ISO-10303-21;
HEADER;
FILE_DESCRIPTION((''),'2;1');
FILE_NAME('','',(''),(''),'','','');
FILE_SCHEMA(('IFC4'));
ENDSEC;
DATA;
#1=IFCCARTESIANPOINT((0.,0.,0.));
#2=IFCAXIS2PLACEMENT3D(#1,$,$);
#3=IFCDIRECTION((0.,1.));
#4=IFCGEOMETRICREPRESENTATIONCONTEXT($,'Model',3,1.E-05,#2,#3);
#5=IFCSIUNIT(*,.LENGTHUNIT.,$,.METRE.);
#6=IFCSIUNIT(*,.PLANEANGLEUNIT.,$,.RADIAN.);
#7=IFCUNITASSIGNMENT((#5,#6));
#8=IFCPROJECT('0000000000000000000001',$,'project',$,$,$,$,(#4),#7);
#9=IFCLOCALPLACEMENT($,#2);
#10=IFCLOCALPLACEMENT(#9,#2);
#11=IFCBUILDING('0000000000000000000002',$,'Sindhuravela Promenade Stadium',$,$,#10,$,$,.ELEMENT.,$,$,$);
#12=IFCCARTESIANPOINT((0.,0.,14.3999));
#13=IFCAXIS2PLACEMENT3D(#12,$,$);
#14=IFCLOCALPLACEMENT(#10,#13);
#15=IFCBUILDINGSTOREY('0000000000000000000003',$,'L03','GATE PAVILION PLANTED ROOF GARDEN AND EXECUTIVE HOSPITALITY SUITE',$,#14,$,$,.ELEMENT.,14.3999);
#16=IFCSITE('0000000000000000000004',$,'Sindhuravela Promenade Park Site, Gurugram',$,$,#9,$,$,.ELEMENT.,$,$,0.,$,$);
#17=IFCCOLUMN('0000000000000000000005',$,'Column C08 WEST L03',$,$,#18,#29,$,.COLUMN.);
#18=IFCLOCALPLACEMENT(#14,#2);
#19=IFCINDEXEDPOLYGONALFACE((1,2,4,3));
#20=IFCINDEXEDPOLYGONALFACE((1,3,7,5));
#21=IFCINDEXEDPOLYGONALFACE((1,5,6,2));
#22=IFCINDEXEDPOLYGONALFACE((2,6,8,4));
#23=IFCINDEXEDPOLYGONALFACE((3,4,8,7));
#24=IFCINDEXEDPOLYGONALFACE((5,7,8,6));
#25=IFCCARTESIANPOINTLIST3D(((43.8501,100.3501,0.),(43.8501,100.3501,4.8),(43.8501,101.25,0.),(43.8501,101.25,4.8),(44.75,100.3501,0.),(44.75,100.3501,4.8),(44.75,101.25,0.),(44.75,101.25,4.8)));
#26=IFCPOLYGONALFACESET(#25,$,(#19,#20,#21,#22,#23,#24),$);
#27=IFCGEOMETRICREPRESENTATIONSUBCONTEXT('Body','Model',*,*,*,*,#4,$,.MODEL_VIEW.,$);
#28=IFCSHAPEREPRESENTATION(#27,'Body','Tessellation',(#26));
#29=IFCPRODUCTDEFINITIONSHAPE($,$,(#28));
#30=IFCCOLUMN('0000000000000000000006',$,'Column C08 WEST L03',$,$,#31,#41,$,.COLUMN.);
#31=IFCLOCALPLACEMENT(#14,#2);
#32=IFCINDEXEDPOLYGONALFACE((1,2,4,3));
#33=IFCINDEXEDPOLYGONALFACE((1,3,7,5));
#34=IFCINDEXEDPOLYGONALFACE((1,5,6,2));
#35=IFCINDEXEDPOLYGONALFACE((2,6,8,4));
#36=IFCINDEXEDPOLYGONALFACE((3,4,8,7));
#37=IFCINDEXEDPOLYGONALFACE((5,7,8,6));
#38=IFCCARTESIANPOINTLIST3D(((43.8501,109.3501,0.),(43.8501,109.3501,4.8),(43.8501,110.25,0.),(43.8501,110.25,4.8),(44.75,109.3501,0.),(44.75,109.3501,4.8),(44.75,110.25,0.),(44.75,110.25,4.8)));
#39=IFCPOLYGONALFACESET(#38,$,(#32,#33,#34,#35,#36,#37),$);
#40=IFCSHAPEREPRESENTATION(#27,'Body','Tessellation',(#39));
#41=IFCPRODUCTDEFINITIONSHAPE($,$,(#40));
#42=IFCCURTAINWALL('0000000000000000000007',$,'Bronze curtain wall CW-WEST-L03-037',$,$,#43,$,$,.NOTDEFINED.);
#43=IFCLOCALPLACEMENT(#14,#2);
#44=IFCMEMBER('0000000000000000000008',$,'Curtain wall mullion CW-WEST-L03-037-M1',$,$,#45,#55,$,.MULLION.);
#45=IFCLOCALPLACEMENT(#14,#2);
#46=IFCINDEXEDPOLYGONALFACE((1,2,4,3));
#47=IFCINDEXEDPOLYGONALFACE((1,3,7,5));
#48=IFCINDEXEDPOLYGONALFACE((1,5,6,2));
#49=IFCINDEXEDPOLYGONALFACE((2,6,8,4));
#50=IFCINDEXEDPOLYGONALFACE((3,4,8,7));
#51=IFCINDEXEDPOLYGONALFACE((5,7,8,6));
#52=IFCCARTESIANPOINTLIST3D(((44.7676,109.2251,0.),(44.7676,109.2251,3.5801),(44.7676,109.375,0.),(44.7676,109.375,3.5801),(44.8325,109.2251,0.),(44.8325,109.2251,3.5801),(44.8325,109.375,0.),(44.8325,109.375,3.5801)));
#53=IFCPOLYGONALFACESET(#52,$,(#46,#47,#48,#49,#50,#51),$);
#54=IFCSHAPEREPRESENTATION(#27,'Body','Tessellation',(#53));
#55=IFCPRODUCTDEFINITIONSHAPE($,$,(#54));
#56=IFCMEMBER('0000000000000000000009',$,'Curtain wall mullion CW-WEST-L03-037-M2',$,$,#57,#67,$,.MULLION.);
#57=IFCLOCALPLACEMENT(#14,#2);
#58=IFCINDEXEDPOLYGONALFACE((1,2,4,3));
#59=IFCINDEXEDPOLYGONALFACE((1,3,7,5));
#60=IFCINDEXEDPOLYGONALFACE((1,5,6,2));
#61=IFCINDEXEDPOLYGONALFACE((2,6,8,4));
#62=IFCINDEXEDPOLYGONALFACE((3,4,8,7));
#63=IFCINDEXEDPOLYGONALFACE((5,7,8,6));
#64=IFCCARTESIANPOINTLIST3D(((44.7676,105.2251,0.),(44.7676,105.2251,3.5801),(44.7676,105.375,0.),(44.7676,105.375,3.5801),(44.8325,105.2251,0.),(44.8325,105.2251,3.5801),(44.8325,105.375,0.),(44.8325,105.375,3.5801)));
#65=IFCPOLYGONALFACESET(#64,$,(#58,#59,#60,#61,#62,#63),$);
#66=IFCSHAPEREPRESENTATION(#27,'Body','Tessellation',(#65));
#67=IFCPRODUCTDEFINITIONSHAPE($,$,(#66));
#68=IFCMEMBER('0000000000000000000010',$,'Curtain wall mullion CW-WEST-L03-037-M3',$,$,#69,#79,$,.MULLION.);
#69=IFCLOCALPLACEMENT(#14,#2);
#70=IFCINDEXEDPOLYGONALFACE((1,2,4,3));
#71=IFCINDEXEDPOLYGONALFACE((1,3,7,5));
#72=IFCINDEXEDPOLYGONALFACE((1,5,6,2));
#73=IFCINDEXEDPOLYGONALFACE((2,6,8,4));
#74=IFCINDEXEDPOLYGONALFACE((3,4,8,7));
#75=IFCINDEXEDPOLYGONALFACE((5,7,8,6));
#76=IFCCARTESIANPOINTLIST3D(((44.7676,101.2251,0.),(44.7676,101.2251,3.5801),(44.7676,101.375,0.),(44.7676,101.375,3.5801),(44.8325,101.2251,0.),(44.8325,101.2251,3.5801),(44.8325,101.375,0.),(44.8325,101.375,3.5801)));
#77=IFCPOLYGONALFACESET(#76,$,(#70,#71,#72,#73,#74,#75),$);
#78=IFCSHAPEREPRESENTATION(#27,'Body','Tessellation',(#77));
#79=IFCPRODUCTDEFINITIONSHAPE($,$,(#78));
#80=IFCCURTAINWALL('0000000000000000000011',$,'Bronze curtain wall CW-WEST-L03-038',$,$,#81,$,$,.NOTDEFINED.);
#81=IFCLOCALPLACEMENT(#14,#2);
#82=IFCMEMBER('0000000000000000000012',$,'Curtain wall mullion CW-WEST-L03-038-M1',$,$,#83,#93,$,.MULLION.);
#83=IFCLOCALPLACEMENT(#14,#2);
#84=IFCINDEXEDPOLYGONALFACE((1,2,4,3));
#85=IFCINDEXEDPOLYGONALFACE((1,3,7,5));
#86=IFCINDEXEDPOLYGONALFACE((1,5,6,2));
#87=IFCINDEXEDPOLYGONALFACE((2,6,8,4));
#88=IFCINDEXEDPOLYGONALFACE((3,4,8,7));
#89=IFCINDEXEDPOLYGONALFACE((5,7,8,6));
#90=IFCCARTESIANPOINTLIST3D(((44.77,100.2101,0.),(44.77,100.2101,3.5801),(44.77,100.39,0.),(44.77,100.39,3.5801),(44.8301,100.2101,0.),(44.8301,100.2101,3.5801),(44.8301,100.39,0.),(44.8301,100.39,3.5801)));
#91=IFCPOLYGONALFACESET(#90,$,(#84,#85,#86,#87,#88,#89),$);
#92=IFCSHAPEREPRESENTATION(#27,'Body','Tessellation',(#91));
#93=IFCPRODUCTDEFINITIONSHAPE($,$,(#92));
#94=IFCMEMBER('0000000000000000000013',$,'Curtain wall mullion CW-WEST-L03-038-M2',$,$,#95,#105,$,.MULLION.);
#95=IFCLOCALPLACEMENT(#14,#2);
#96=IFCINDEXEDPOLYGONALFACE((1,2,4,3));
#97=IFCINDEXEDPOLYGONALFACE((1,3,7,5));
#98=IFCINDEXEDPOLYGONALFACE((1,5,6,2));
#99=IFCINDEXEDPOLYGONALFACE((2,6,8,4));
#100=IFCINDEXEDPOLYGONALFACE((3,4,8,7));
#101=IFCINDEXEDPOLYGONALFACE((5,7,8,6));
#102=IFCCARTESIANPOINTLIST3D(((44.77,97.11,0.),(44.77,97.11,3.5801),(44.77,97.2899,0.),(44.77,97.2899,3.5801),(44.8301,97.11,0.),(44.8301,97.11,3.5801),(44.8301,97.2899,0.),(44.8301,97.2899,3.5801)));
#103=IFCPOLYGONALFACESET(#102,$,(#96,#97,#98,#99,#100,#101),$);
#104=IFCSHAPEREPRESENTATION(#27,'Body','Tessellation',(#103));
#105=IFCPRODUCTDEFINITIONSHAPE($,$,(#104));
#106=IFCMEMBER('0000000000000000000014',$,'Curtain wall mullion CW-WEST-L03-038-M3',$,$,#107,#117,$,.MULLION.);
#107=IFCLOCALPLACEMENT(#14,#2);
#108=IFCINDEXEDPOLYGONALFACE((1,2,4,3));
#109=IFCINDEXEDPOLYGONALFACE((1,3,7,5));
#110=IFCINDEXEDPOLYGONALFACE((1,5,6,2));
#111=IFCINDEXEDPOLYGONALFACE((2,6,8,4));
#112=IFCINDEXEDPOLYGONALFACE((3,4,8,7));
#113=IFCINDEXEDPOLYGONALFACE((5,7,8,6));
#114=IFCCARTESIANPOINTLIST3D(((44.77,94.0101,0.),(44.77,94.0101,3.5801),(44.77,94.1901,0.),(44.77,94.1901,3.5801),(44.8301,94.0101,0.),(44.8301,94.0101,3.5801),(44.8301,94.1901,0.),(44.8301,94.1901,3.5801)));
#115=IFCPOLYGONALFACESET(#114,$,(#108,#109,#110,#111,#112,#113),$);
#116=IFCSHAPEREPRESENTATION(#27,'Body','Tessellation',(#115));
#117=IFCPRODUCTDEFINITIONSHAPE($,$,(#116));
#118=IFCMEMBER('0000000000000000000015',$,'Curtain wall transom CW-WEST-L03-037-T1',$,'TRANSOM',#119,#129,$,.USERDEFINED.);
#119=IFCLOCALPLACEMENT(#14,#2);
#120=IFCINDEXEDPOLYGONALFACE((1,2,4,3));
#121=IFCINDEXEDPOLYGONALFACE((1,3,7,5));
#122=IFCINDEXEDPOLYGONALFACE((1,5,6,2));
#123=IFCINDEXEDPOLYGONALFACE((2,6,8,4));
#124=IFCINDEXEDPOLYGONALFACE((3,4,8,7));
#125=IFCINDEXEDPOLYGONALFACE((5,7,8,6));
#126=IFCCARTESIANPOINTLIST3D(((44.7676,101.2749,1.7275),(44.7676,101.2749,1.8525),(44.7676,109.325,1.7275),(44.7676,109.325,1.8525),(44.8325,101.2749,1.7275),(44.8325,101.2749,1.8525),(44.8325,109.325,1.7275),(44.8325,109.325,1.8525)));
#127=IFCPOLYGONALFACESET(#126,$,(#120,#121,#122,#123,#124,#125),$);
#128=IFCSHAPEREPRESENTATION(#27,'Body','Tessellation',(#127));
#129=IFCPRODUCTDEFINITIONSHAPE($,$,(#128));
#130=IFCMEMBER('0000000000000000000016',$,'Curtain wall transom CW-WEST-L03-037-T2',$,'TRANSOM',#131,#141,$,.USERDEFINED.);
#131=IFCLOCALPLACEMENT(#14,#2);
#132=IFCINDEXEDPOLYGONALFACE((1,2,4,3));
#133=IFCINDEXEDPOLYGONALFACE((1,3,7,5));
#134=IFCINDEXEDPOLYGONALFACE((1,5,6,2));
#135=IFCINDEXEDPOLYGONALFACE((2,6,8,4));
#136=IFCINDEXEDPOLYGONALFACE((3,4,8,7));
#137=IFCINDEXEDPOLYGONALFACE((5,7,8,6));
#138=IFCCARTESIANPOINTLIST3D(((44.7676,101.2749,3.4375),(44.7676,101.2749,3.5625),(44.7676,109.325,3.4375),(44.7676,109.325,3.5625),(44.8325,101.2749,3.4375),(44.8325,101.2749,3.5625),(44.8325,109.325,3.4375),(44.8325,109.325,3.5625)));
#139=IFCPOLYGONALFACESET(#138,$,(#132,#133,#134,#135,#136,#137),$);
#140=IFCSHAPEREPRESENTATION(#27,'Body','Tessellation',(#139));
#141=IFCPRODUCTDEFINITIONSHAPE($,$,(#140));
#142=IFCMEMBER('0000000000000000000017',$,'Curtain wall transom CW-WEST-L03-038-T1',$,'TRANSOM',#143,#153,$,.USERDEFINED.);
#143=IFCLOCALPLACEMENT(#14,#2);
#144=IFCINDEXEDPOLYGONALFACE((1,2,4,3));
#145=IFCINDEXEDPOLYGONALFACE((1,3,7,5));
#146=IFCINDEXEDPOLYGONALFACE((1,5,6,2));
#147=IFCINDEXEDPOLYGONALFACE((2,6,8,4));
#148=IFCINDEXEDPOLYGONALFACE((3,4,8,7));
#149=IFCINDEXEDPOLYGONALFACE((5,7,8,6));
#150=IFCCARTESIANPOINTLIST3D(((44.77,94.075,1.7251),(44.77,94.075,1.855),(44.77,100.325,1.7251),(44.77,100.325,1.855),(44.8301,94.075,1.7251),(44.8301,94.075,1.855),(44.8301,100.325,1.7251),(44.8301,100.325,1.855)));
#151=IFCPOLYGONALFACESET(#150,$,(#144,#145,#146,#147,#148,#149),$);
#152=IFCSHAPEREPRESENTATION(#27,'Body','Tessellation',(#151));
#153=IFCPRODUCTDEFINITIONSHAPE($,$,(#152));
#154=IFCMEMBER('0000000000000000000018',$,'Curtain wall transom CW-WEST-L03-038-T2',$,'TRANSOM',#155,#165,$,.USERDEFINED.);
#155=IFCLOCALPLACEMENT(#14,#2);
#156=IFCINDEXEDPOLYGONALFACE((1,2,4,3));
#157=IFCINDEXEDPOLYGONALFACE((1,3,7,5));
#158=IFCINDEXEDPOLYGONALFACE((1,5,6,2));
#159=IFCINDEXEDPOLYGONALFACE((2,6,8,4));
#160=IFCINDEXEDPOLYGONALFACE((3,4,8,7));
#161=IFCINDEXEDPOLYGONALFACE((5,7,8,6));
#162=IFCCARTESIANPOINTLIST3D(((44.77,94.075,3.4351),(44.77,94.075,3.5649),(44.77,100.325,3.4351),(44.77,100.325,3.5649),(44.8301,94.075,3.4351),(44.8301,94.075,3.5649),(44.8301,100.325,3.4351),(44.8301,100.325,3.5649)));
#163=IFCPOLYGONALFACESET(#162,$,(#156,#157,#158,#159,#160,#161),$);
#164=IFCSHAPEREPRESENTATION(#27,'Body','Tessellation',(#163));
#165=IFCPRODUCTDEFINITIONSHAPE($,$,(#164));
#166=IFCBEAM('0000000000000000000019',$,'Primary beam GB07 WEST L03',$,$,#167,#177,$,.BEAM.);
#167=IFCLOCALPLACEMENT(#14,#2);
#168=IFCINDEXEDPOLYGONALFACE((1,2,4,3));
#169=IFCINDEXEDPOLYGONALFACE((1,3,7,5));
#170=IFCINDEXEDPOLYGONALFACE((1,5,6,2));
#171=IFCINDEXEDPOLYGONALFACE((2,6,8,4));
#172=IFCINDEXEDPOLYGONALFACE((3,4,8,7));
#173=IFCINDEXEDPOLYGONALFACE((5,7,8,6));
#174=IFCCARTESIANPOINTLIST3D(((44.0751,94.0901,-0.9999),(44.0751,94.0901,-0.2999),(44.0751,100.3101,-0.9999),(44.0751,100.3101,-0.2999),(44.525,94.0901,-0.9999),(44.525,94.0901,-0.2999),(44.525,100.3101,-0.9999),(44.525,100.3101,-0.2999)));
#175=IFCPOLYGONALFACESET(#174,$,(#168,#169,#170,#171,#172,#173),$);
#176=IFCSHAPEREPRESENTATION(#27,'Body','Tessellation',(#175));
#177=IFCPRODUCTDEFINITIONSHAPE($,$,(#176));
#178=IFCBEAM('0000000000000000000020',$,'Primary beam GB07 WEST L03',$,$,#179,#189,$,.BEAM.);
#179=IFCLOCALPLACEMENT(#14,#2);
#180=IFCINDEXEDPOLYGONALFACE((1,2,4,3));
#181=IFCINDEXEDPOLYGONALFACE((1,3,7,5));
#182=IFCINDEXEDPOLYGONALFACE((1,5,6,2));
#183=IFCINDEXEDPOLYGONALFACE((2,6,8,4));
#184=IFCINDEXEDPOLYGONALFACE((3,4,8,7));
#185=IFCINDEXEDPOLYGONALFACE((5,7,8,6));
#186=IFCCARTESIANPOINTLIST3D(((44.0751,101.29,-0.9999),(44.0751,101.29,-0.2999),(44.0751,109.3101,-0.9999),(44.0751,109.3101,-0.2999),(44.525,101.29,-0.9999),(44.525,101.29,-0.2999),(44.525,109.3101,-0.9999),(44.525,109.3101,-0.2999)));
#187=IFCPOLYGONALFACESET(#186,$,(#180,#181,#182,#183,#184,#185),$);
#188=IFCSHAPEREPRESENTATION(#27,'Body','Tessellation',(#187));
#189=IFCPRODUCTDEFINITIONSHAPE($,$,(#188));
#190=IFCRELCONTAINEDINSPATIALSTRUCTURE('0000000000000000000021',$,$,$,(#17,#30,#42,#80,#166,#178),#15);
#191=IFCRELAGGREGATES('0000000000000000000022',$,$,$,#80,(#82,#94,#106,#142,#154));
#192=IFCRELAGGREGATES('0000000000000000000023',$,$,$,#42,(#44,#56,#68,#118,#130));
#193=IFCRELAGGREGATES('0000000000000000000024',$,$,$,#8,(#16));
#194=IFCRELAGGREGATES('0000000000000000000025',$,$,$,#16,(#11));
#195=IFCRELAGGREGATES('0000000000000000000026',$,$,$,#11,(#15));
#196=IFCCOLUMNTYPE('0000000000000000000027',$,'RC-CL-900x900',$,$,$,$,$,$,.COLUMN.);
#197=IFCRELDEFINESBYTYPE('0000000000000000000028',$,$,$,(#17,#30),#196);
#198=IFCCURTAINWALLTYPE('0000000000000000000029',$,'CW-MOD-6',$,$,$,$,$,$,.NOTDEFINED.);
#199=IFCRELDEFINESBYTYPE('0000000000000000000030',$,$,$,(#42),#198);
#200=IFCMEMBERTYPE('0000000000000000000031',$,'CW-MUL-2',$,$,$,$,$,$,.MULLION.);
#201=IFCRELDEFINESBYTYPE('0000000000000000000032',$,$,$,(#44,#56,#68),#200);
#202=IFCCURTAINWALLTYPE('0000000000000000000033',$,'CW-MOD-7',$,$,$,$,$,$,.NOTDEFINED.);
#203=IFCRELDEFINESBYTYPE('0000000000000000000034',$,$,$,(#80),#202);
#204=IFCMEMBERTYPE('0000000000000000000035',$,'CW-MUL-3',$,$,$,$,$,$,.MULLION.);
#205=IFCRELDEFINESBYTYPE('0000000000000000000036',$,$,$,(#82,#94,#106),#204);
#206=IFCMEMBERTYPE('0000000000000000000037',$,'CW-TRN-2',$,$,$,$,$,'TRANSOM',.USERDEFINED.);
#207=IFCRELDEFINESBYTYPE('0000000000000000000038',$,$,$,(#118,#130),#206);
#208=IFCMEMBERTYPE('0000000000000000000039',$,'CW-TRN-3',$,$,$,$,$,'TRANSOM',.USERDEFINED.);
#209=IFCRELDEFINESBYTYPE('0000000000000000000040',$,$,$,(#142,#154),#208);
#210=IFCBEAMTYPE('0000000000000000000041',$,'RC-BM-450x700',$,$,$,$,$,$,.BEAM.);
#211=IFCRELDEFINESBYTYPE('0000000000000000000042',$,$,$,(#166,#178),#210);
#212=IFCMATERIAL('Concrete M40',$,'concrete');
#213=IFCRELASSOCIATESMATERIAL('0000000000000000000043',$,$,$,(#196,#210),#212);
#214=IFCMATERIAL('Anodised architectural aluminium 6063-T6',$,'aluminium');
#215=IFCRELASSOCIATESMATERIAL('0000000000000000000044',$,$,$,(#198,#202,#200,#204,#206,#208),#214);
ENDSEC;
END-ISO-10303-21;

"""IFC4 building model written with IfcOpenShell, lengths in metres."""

from ifc_helpers import new_model, si_unit, direction, frame, origin, origin_2d, place, context, subcontext, project, spatial, rectangle, extrude, material, material_profile, profile_set, type_object, element, aggregate, save


model = new_model("IFC4")

# Units and contexts
model_context = context("Model", 3, precision=1e-05, world=origin(), true_north=direction((0.0, 1.0)))
body_context = subcontext(model_context, "Body", "Model", "MODEL_VIEW")
ifc_project = project(units=[si_unit("LENGTHUNIT", "METRE"), si_unit("PLANEANGLEUNIT", "RADIAN")], contexts=[model_context])

# Site, building, storey
site_placement = place(None, origin())
site = spatial("IfcSite", under=ifc_project, at=site_placement, Name="Sindhuravela Promenade Park Site, Gurugram", CompositionType="ELEMENT", RefElevation=0.0)
building_placement = place(site_placement, origin())
building = spatial("IfcBuilding", under=site, at=building_placement, Name="Sindhuravela Promenade Stadium", CompositionType="ELEMENT")
storey_placement = place(building_placement, frame((0.0, 0.0, 14.3999)))
storey = spatial("IfcBuildingStorey", under=building, at=storey_placement, Name="L03", Description="GATE PAVILION PLANTED ROOF GARDEN AND EXECUTIVE HOSPITALITY SUITE", CompositionType="ELEMENT", Elevation=14.3999)

# Columns
ifc_material_1 = material(Name="Concrete M40", Category="concrete")
ifc_material_profile_1 = material_profile(ifc_material_1, rectangle(XDim=0.8999, YDim=0.8999, at=origin_2d()), Name="RC 900x900")
ifc_profile_set_1 = profile_set([ifc_material_profile_1], Name="Concrete M40")
column_type = type_object("IfcColumnType", Name="RC-CL-900x900", PredefinedType="COLUMN", material=ifc_profile_set_1)
for number, where, z_axis, x_axis, name in (
    (1, (44.3, 100.8, 0.0), (0.0, 0.0, 1.0), (1.0, 0.0, 0.0), "Column C08 WEST L03"),
    (2, (44.3, 109.8, 0.0), (0.0, 0.0, 1.0), (1.0, 0.0, 0.0), "Column C08 WEST L03"),
):
    element("IfcColumn", number, at=place(storey_placement, frame(where, z_axis=z_axis, x_axis=x_axis)), inside=storey, type_object=column_type, Name=name, PredefinedType="COLUMN", context=body_context, shape_type="SweptSolid", body=[
        extrude(rectangle(XDim=0.8999, YDim=0.8999, at=origin_2d()), origin(), (0.0, 0.0, 1.0), 4.8),
    ])

# Curtain walls, members
ifc_material_2 = material(Name="Anodised architectural aluminium 6063-T6", Category="aluminium")
curtain_wall_type_1 = type_object("IfcCurtainWallType", Name="CW-MOD-6", PredefinedType="NOTDEFINED", material=ifc_material_2)
curtain_wall_1_placement = place(storey_placement, origin())
curtain_wall_1 = element("IfcCurtainWall", 3, at=curtain_wall_1_placement, inside=storey, type_object=curtain_wall_type_1, Name="Bronze curtain wall CW-WEST-L03-037", PredefinedType="NOTDEFINED")
ifc_material_profile_2 = material_profile(ifc_material_2, rectangle(XDim=0.0649, YDim=0.1499, at=origin_2d()), Name="ALU MULL 65x150")
ifc_profile_set_2 = profile_set([ifc_material_profile_2], Name="Anodised architectural aluminium 6063-T6")
member_type_1 = type_object("IfcMemberType", Name="CW-MUL-2", PredefinedType="MULLION", material=ifc_profile_set_2)
member_1_placement = place(storey_placement, frame((44.8, 109.3, 0.0), z_axis=(0.0, 0.0, 1.0), x_axis=(1.0, 0.0, 0.0)))
member_1 = element("IfcMember", 4, at=member_1_placement, type_object=member_type_1, Name="Curtain wall mullion CW-WEST-L03-037-M1", PredefinedType="MULLION", context=body_context, shape_type="SweptSolid", body=[
    extrude(rectangle(XDim=0.0649, YDim=0.1499, at=origin_2d()), origin(), (0.0, 0.0, 1.0), 3.5801),
])
member_2_placement = place(storey_placement, frame((44.8, 105.3, 0.0), z_axis=(0.0, 0.0, 1.0), x_axis=(1.0, 0.0, 0.0)))
member_2 = element("IfcMember", 5, at=member_2_placement, type_object=member_type_1, Name="Curtain wall mullion CW-WEST-L03-037-M2", PredefinedType="MULLION", context=body_context, shape_type="SweptSolid", body=[
    extrude(rectangle(XDim=0.0649, YDim=0.1499, at=origin_2d()), origin(), (0.0, 0.0, 1.0), 3.5801),
])
member_3_placement = place(storey_placement, frame((44.8, 101.3, 0.0), z_axis=(0.0, 0.0, 1.0), x_axis=(1.0, 0.0, 0.0)))
member_3 = element("IfcMember", 6, at=member_3_placement, type_object=member_type_1, Name="Curtain wall mullion CW-WEST-L03-037-M3", PredefinedType="MULLION", context=body_context, shape_type="SweptSolid", body=[
    extrude(rectangle(XDim=0.0649, YDim=0.1499, at=origin_2d()), origin(), (0.0, 0.0, 1.0), 3.5801),
])
curtain_wall_type_2 = type_object("IfcCurtainWallType", Name="CW-MOD-7", PredefinedType="NOTDEFINED", material=ifc_material_2)
curtain_wall_2_placement = place(storey_placement, origin())
curtain_wall_2 = element("IfcCurtainWall", 7, at=curtain_wall_2_placement, inside=storey, type_object=curtain_wall_type_2, Name="Bronze curtain wall CW-WEST-L03-038", PredefinedType="NOTDEFINED")
ifc_material_profile_3 = material_profile(ifc_material_2, rectangle(XDim=0.0601, YDim=0.1799, at=origin_2d()), Name="ALU M60x180")
ifc_profile_set_3 = profile_set([ifc_material_profile_3], Name="Anodised architectural aluminium 6063-T6")
member_type_2 = type_object("IfcMemberType", Name="CW-MUL-3", PredefinedType="MULLION", material=ifc_profile_set_3)
member_4_placement = place(storey_placement, frame((44.8, 100.3, 0.0), z_axis=(0.0, 0.0, 1.0), x_axis=(1.0, 0.0, 0.0)))
member_4 = element("IfcMember", 8, at=member_4_placement, type_object=member_type_2, Name="Curtain wall mullion CW-WEST-L03-038-M1", PredefinedType="MULLION", context=body_context, shape_type="SweptSolid", body=[
    extrude(rectangle(XDim=0.0601, YDim=0.1799, at=origin_2d()), origin(), (0.0, 0.0, 1.0), 3.5801),
])
member_5_placement = place(storey_placement, frame((44.8, 97.2, 0.0), z_axis=(0.0, 0.0, 1.0), x_axis=(1.0, 0.0, 0.0)))
member_5 = element("IfcMember", 9, at=member_5_placement, type_object=member_type_2, Name="Curtain wall mullion CW-WEST-L03-038-M2", PredefinedType="MULLION", context=body_context, shape_type="SweptSolid", body=[
    extrude(rectangle(XDim=0.0601, YDim=0.1799, at=origin_2d()), origin(), (0.0, 0.0, 1.0), 3.5801),
])
member_6_placement = place(storey_placement, frame((44.8, 94.1001, 0.0), z_axis=(0.0, 0.0, 1.0), x_axis=(1.0, 0.0, 0.0)))
member_6 = element("IfcMember", 10, at=member_6_placement, type_object=member_type_2, Name="Curtain wall mullion CW-WEST-L03-038-M3", PredefinedType="MULLION", context=body_context, shape_type="SweptSolid", body=[
    extrude(rectangle(XDim=0.0601, YDim=0.1799, at=origin_2d()), origin(), (0.0, 0.0, 1.0), 3.5801),
])

# Members
ifc_material_profile_4 = material_profile(ifc_material_2, rectangle(XDim=0.0649, YDim=0.125, at=origin_2d()), Name="ALU TRAN 65x125")
ifc_profile_set_4 = profile_set([ifc_material_profile_4], Name="Anodised architectural aluminium 6063-T6")
member_type_3 = type_object("IfcMemberType", Name="CW-TRN-2", ElementType="TRANSOM", PredefinedType="USERDEFINED", material=ifc_profile_set_4)
member_7_placement = place(storey_placement, frame((44.8, 109.325, 1.79), z_axis=(0.0, -1.0, 0.0), x_axis=(1.0, 0.0, 0.0)))
member_7 = element("IfcMember", 11, at=member_7_placement, type_object=member_type_3, Name="Curtain wall transom CW-WEST-L03-037-T1", ObjectType="TRANSOM", PredefinedType="USERDEFINED", context=body_context, shape_type="SweptSolid", body=[
    extrude(rectangle(XDim=0.0649, YDim=0.125, at=origin_2d()), origin(), (0.0, 0.0, 1.0), 8.05),
])
member_8_placement = place(storey_placement, frame((44.8, 109.325, 3.5), z_axis=(0.0, -1.0, 0.0), x_axis=(1.0, 0.0, 0.0)))
member_8 = element("IfcMember", 12, at=member_8_placement, type_object=member_type_3, Name="Curtain wall transom CW-WEST-L03-037-T2", ObjectType="TRANSOM", PredefinedType="USERDEFINED", context=body_context, shape_type="SweptSolid", body=[
    extrude(rectangle(XDim=0.0649, YDim=0.125, at=origin_2d()), origin(), (0.0, 0.0, 1.0), 8.05),
])
ifc_material_profile_5 = material_profile(ifc_material_2, rectangle(XDim=0.0601, YDim=0.1299, at=origin_2d()), Name="ALU T60x130")
ifc_profile_set_5 = profile_set([ifc_material_profile_5], Name="Anodised architectural aluminium 6063-T6")
member_type_4 = type_object("IfcMemberType", Name="CW-TRN-3", ElementType="TRANSOM", PredefinedType="USERDEFINED", material=ifc_profile_set_5)
member_9_placement = place(storey_placement, frame((44.8, 100.325, 1.79), z_axis=(0.0, -1.0, 0.0), x_axis=(1.0, 0.0, 0.0)))
member_9 = element("IfcMember", 13, at=member_9_placement, type_object=member_type_4, Name="Curtain wall transom CW-WEST-L03-038-T1", ObjectType="TRANSOM", PredefinedType="USERDEFINED", context=body_context, shape_type="SweptSolid", body=[
    extrude(rectangle(XDim=0.0601, YDim=0.1299, at=origin_2d()), origin(), (0.0, 0.0, 1.0), 6.25),
])
member_10_placement = place(storey_placement, frame((44.8, 100.325, 3.5), z_axis=(0.0, -1.0, 0.0), x_axis=(1.0, 0.0, 0.0)))
member_10 = element("IfcMember", 14, at=member_10_placement, type_object=member_type_4, Name="Curtain wall transom CW-WEST-L03-038-T2", ObjectType="TRANSOM", PredefinedType="USERDEFINED", context=body_context, shape_type="SweptSolid", body=[
    extrude(rectangle(XDim=0.0601, YDim=0.1299, at=origin_2d()), origin(), (0.0, 0.0, 1.0), 6.25),
])

# Beams
ifc_material_profile_6 = material_profile(ifc_material_1, rectangle(XDim=0.45, YDim=0.7, at=origin_2d()), Name="RC 450x700")
ifc_profile_set_6 = profile_set([ifc_material_profile_6], Name="Concrete M40")
beam_type = type_object("IfcBeamType", Name="RC-BM-450x700", PredefinedType="BEAM", material=ifc_profile_set_6)
beam_1_placement = place(storey_placement, frame((44.3, 94.0901, -0.6499), z_axis=(0.0, 1.0, 0.0), x_axis=(-1.0, 0.0, 0.0)))
element("IfcBeam", 15, at=beam_1_placement, inside=storey, type_object=beam_type, Name="Primary beam GB07 WEST L03", PredefinedType="BEAM", context=body_context, shape_type="SweptSolid", body=[
    extrude(rectangle(XDim=0.45, YDim=0.7, at=origin_2d()), origin(), (0.0, 0.0, 1.0), 6.22),
])
beam_2_placement = place(storey_placement, frame((44.3, 101.29, -0.6499), z_axis=(0.0, 1.0, 0.0), x_axis=(-1.0, 0.0, 0.0)))
element("IfcBeam", 16, at=beam_2_placement, inside=storey, type_object=beam_type, Name="Primary beam GB07 WEST L03", PredefinedType="BEAM", context=body_context, shape_type="SweptSolid", body=[
    extrude(rectangle(XDim=0.45, YDim=0.7, at=origin_2d()), origin(), (0.0, 0.0, 1.0), 8.02),
])

aggregate(curtain_wall_2, [member_4, member_5, member_6, member_9, member_10])
aggregate(curtain_wall_1, [member_1, member_2, member_3, member_7, member_8])

save(model, "model.ifc")
